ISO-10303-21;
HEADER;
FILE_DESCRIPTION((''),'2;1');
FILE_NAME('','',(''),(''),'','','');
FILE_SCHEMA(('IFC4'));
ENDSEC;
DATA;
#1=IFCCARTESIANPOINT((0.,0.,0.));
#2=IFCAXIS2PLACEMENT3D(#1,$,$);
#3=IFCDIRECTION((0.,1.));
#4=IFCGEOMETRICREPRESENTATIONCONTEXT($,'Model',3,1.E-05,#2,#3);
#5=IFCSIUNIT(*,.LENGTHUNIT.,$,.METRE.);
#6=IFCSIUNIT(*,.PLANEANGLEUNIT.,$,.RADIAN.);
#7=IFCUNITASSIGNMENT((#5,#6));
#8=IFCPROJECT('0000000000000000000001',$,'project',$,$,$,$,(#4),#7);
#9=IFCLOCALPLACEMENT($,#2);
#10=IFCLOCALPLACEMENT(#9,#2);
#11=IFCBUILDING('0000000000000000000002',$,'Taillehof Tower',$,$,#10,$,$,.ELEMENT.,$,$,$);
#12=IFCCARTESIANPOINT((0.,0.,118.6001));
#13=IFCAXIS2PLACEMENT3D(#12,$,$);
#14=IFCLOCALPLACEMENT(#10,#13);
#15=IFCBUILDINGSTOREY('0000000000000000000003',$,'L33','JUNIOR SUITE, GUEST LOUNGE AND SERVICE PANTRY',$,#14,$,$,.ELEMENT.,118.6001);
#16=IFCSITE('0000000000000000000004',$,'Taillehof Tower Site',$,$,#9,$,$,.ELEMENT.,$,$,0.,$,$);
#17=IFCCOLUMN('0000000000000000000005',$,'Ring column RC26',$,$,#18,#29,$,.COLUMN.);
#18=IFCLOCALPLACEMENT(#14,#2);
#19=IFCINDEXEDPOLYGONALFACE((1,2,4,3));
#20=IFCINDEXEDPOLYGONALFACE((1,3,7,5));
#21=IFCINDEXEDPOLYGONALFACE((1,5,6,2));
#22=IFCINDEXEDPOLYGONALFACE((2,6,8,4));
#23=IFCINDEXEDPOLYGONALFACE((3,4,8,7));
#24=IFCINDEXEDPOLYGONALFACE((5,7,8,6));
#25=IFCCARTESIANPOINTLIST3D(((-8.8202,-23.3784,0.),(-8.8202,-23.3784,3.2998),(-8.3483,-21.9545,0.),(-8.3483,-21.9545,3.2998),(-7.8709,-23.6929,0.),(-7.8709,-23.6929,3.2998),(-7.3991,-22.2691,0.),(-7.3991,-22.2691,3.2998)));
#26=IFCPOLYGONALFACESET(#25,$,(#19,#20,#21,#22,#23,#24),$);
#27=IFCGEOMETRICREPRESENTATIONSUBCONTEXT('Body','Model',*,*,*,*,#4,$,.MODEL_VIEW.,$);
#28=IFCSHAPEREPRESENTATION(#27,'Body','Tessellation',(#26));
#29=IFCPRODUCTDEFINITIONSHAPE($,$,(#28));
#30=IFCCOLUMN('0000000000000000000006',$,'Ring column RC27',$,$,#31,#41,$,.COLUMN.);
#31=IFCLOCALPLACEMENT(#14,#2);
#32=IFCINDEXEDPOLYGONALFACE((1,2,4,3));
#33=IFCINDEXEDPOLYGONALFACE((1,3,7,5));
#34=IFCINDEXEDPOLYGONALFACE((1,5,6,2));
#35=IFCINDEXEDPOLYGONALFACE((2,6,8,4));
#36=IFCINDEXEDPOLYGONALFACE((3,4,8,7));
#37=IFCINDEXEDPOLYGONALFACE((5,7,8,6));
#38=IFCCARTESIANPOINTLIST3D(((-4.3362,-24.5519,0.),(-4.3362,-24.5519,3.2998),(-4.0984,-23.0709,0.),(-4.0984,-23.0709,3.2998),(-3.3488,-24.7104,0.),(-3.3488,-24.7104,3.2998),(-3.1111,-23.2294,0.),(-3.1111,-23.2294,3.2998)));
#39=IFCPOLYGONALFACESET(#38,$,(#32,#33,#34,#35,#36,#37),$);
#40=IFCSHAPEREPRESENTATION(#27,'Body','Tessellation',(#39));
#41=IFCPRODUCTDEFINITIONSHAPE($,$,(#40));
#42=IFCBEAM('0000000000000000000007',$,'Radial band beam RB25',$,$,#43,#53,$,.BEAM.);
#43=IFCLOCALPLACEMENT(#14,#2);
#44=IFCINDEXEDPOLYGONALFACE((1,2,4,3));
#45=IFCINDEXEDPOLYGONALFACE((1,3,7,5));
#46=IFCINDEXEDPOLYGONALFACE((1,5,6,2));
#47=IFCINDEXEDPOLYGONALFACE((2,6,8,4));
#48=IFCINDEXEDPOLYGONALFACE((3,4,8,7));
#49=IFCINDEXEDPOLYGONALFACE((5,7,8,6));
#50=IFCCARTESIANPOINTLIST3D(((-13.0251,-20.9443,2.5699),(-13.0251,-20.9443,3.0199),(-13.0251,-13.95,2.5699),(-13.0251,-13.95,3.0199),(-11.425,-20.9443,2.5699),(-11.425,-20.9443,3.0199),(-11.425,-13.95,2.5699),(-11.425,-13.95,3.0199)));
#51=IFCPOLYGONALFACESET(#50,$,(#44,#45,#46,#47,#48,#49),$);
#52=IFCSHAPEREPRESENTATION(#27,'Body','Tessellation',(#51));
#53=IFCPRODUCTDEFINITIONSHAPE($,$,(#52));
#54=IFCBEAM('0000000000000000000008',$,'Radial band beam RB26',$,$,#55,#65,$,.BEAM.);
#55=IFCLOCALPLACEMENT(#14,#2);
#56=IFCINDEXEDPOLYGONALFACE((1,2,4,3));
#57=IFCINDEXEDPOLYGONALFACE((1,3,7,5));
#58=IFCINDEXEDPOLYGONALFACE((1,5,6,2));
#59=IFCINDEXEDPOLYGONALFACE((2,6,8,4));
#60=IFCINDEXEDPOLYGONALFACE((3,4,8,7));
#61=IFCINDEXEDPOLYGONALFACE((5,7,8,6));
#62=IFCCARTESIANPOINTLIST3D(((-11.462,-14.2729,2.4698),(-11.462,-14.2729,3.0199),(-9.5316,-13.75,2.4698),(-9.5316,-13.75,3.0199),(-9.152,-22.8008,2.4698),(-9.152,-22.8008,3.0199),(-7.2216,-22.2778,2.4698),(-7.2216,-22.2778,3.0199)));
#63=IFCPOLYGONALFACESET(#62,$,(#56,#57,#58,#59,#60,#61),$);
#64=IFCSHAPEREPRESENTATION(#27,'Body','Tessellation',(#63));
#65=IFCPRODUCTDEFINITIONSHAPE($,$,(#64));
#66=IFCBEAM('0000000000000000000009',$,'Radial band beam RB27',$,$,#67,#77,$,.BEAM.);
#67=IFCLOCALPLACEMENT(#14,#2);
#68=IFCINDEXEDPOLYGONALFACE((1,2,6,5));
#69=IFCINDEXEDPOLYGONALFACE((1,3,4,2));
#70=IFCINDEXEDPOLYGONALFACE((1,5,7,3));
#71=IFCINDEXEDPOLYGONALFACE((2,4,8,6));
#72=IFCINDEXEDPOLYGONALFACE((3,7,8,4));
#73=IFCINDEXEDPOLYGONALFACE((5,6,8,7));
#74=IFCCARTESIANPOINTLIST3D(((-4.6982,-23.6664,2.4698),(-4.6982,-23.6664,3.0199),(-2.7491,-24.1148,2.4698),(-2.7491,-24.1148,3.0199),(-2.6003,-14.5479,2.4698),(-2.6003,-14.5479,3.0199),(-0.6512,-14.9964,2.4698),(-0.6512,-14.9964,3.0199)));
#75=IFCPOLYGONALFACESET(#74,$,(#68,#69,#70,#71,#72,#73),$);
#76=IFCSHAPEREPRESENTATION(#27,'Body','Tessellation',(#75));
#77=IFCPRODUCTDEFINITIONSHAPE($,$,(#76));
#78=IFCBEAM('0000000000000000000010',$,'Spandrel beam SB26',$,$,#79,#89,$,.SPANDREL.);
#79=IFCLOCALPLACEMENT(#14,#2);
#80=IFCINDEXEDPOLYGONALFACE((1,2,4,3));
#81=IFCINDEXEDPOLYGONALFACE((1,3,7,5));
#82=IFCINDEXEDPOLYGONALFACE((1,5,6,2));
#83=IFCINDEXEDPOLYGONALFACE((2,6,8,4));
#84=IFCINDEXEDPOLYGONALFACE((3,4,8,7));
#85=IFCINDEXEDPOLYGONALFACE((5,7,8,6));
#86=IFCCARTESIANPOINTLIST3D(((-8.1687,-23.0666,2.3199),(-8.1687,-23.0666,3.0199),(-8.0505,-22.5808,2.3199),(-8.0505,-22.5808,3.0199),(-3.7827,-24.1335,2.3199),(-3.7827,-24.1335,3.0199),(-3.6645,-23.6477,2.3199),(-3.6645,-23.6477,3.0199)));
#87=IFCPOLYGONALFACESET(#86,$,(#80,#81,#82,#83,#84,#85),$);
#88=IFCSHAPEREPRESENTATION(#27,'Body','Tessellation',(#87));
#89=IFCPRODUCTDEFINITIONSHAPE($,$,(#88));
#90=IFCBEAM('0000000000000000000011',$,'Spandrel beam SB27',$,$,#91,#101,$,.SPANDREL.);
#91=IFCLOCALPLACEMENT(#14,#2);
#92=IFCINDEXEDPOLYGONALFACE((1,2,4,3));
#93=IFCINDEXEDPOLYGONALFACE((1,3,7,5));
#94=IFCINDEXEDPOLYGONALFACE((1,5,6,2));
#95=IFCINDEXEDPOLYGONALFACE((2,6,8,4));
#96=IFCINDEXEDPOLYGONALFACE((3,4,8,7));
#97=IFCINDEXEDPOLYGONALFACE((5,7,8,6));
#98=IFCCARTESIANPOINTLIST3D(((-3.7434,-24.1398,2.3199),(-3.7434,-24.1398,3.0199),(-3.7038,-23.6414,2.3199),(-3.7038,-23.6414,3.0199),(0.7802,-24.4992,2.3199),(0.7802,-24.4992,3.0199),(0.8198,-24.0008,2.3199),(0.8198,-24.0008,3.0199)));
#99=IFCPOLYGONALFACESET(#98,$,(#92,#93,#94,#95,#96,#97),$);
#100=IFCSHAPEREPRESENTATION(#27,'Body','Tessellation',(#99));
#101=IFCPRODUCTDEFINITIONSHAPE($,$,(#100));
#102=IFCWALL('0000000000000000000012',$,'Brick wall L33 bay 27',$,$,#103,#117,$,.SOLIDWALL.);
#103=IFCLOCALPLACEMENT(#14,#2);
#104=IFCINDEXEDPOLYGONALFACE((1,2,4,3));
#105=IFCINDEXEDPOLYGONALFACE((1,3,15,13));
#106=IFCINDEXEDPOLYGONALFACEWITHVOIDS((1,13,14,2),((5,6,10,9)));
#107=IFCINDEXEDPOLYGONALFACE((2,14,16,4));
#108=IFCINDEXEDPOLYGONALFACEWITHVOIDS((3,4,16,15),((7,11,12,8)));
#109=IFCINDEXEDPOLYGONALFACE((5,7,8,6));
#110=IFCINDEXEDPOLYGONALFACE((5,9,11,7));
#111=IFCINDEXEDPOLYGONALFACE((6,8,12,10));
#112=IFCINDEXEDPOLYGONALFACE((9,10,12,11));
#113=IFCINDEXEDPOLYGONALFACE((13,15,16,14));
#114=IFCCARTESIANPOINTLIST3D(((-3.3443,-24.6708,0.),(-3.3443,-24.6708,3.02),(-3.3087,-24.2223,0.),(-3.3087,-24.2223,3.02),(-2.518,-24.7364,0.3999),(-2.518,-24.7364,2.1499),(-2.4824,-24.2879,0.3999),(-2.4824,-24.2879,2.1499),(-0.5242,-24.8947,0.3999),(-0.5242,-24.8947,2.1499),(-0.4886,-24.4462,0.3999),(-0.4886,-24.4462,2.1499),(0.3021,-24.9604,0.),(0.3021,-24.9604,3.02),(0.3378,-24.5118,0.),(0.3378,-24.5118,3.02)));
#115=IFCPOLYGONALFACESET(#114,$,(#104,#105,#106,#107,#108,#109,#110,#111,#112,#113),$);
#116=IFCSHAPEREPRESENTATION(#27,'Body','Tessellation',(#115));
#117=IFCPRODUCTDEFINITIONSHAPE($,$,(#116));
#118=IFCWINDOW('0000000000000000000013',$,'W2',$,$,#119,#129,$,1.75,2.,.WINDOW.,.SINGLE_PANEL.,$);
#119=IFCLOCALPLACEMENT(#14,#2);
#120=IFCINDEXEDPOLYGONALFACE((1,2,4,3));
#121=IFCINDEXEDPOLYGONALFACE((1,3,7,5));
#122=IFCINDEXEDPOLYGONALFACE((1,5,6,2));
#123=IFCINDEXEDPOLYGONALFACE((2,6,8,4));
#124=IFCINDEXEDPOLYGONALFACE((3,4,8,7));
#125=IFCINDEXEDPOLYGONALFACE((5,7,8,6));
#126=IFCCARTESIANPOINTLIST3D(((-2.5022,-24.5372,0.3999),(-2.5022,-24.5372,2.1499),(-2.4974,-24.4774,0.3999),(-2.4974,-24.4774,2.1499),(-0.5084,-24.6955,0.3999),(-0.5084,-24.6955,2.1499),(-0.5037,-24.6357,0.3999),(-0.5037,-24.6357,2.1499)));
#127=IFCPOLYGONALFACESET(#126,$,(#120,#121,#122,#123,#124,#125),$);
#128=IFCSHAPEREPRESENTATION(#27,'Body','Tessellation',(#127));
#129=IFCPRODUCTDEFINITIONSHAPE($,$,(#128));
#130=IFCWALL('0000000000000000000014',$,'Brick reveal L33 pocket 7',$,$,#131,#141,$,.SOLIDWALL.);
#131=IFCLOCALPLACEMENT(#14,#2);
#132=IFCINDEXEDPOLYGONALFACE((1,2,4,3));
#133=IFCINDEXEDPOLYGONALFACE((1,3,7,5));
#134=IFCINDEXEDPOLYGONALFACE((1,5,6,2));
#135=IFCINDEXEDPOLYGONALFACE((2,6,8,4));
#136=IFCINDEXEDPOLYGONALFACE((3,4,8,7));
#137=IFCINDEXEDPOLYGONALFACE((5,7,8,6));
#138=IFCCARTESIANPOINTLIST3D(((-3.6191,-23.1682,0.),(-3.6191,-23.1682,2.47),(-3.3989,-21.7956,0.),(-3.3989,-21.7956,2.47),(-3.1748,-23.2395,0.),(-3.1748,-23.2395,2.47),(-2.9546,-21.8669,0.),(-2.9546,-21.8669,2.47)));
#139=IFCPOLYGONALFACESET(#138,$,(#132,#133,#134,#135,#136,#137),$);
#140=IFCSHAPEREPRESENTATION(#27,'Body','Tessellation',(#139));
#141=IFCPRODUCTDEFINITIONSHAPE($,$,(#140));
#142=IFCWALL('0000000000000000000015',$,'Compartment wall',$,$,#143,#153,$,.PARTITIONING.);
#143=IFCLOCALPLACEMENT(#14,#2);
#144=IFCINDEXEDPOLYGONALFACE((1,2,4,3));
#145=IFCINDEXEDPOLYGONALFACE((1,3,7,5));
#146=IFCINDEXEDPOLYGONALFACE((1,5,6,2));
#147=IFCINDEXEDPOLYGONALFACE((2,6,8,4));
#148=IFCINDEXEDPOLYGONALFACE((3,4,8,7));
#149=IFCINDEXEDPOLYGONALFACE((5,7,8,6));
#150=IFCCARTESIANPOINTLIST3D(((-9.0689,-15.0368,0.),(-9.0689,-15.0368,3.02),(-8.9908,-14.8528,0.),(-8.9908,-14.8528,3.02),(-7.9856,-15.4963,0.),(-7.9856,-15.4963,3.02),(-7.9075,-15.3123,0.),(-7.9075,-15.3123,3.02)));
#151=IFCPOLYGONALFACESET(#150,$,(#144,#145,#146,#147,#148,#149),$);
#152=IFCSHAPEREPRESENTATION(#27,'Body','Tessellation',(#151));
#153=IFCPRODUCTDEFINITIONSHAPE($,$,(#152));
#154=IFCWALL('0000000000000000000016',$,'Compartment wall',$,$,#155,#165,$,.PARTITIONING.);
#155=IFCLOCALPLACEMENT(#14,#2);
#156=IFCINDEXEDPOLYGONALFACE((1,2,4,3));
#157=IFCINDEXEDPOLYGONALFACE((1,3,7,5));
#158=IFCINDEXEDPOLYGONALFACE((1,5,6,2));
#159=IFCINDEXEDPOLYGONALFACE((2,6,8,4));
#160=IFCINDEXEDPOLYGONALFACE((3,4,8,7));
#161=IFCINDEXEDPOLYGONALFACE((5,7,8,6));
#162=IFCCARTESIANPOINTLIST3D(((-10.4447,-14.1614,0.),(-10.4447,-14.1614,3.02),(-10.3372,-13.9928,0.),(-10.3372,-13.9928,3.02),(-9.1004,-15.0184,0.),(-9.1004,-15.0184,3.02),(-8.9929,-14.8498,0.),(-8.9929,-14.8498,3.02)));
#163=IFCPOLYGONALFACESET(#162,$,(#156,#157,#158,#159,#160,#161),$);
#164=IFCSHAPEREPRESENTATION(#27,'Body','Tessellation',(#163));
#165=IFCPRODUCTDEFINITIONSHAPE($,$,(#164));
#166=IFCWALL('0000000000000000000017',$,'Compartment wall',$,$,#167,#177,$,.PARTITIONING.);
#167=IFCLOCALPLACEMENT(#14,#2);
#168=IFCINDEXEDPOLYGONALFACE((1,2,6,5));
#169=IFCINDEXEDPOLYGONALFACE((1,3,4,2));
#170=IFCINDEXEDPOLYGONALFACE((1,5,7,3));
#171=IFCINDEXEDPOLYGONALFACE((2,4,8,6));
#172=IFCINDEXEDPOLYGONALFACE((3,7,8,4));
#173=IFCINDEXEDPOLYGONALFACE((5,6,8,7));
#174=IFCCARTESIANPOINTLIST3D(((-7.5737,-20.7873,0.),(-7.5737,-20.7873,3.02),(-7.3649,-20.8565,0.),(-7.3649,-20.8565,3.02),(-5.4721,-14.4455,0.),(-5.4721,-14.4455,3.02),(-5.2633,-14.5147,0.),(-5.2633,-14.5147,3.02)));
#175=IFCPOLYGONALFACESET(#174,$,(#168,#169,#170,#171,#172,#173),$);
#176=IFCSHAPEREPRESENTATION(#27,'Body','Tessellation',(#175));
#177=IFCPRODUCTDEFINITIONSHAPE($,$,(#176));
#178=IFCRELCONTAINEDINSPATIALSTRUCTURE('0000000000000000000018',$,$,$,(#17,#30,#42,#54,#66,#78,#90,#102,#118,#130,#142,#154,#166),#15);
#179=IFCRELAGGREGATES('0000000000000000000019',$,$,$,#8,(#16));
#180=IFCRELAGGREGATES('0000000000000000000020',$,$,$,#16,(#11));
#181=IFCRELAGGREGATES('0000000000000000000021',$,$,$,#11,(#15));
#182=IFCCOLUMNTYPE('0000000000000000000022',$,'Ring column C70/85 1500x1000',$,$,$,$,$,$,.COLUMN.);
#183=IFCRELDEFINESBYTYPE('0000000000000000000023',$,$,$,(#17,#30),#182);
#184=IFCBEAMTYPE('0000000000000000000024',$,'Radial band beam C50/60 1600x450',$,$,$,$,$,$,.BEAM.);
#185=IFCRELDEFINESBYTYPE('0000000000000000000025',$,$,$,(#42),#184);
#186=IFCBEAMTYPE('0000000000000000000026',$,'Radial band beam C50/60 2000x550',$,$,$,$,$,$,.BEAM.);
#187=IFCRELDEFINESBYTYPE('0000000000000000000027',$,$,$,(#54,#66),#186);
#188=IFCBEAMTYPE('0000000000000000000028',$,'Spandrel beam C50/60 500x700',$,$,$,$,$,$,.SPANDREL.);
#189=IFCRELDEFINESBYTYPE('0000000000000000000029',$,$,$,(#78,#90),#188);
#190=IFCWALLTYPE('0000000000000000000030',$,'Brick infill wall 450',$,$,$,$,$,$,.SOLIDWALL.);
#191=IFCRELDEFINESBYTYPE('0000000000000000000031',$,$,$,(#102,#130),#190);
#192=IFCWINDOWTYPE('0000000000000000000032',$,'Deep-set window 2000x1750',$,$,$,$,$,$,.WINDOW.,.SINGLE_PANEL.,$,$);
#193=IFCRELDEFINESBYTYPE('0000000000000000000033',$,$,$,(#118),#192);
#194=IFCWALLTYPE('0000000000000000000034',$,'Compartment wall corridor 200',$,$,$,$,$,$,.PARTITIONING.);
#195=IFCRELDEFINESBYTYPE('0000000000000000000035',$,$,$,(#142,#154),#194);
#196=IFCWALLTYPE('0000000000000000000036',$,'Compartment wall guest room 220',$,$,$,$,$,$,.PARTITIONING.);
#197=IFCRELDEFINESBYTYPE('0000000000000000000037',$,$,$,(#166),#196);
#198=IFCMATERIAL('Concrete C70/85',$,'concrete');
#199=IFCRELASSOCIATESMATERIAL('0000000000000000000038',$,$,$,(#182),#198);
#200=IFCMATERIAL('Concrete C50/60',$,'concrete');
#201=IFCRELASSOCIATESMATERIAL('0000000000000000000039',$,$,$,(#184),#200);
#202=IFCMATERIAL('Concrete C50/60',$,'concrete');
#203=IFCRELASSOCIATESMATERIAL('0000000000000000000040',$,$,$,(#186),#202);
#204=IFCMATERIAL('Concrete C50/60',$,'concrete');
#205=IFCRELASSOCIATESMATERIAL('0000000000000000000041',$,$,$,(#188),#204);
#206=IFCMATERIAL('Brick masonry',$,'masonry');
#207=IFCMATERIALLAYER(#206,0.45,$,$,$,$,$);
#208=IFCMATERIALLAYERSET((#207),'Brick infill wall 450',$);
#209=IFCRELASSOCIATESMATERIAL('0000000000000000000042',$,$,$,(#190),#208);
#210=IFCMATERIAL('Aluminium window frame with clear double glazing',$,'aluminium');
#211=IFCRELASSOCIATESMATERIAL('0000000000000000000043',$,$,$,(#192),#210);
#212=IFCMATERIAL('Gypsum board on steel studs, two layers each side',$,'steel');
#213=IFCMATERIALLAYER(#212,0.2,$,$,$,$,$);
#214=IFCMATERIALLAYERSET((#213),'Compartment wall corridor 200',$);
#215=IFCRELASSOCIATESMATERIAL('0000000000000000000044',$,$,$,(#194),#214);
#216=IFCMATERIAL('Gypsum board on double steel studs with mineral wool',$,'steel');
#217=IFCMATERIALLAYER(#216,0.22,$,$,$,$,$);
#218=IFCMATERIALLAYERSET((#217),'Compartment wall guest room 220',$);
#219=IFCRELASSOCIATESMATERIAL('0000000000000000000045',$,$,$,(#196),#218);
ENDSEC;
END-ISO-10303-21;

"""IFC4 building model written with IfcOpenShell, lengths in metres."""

from ifc_helpers import new_model, si_unit, direction, frame, frame_2d, origin, origin_2d, place, context, subcontext, project, spatial, rectangle, extrude, material, layer, layer_set, material_profile, profile_set, type_object, element, fill, save


model = new_model("IFC4")

# Units and contexts
model_context = context("Model", 3, precision=1e-05, world=origin(), true_north=direction((0.0, 1.0)))
body_context = subcontext(model_context, "Body", "Model", "MODEL_VIEW")
ifc_project = project(units=[si_unit("LENGTHUNIT", "METRE"), si_unit("PLANEANGLEUNIT", "RADIAN")], contexts=[model_context])

# Site, building, storey
site_placement = place(None, origin())
site = spatial("IfcSite", under=ifc_project, at=site_placement, Name="Taillehof Tower Site", CompositionType="ELEMENT", RefElevation=0.0)
building_placement = place(site_placement, origin())
building = spatial("IfcBuilding", under=site, at=building_placement, Name="Taillehof Tower", CompositionType="ELEMENT")
storey_placement = place(building_placement, frame((0.0, 0.0, 118.6001)))
storey = spatial("IfcBuildingStorey", under=building, at=storey_placement, Name="L33", Description="JUNIOR SUITE, GUEST LOUNGE AND SERVICE PANTRY", CompositionType="ELEMENT", Elevation=118.6001)

# Columns
ifc_material_1 = material(Name="Concrete C70/85", Category="concrete")
ifc_material_profile_1 = material_profile(ifc_material_1, rectangle(XDim=1.5, YDim=1.0, at=origin_2d()), Name="RC 1500x1000")
ifc_profile_set_1 = profile_set([ifc_material_profile_1], Name="Concrete C70/85")
column_type = type_object("IfcColumnType", Name="Ring column C70/85 1500x1000", PredefinedType="COLUMN", material=ifc_profile_set_1)
for number, where, z_axis, x_axis, name in (
    (1, (-8.1096, -22.8237, 0.0), (0.0, 0.0, 1.0), (-0.314555, -0.949239, 0.0), "Ring column RC26"),
    (2, (-3.7236, -23.8906, 0.0), (0.0, 0.0, 1.0), (-0.158507, -0.987358, 0.0), "Ring column RC27"),
):
    element("IfcColumn", number, at=place(storey_placement, frame(where, z_axis=z_axis, x_axis=x_axis)), inside=storey, type_object=column_type, Name=name, PredefinedType="COLUMN", context=body_context, shape_type="SweptSolid", body=[
        extrude(rectangle(XDim=1.5, YDim=1.0, at=origin_2d()), origin(), (0.0, 0.0, 1.0), 3.2998),
    ])

# Beams
ifc_material_2 = material(Name="Concrete C50/60", Category="concrete")
ifc_material_profile_2 = material_profile(ifc_material_2, rectangle(XDim=1.6001, YDim=0.45, at=origin_2d()), Name="RC 1600x450")
ifc_profile_set_2 = profile_set([ifc_material_profile_2], Name="Concrete C50/60")
beam_type_1 = type_object("IfcBeamType", Name="Radial band beam C50/60 1600x450", PredefinedType="BEAM", material=ifc_profile_set_2)
beam_1_placement = place(storey_placement, frame((-12.2251, -20.9443, 2.7949), z_axis=(0.0, 1.0, 0.0), x_axis=(-1.0, 0.0, 0.0)))
element("IfcBeam", 3, at=beam_1_placement, inside=storey, type_object=beam_type_1, Name="Radial band beam RB25", PredefinedType="BEAM", context=body_context, shape_type="SweptSolid", body=[
    extrude(rectangle(XDim=1.6001, YDim=0.45, at=origin_2d()), origin(), (0.0, 0.0, 1.0), 6.9944),
])
ifc_material_3 = material(Name="Concrete C50/60", Category="concrete")
ifc_material_profile_3 = material_profile(ifc_material_3, rectangle(XDim=2.0, YDim=0.55, at=origin_2d()), Name="RC 2000x550")
ifc_profile_set_3 = profile_set([ifc_material_profile_3], Name="Concrete C50/60")
beam_type_2 = type_object("IfcBeamType", Name="Radial band beam C50/60 2000x550", PredefinedType="BEAM", material=ifc_profile_set_3)
beam_2_placement = place(storey_placement, frame((-8.1868, -22.5393, 2.7449), z_axis=(-0.261462, 0.965214, 0.0), x_axis=(-0.965214, -0.261462, 0.0)))
element("IfcBeam", 4, at=beam_2_placement, inside=storey, type_object=beam_type_2, Name="Radial band beam RB26", PredefinedType="BEAM", context=body_context, shape_type="SweptSolid", body=[
    extrude(rectangle(XDim=2.0, YDim=0.55, at=origin_2d()), origin(), (0.0, 0.0, 1.0), 8.8352),
])
beam_3_placement = place(storey_placement, frame((-3.7236, -23.8906, 2.7449), z_axis=(0.224215, 0.97454, 0.0), x_axis=(-0.97454, 0.224215, 0.0)))
element("IfcBeam", 5, at=beam_3_placement, inside=storey, type_object=beam_type_2, Name="Radial band beam RB27", PredefinedType="BEAM", context=body_context, shape_type="SweptSolid", body=[
    extrude(rectangle(XDim=2.0, YDim=0.55, at=origin_2d()), origin(), (0.0, 0.0, 1.0), 9.3567),
])
ifc_material_4 = material(Name="Concrete C50/60", Category="concrete")
ifc_material_profile_4 = material_profile(ifc_material_4, rectangle(XDim=0.5, YDim=0.7, at=origin_2d()), Name="RC 500x700")
ifc_profile_set_4 = profile_set([ifc_material_profile_4], Name="Concrete C50/60")
beam_type_3 = type_object("IfcBeamType", Name="Spandrel beam C50/60 500x700", PredefinedType="SPANDREL", material=ifc_profile_set_4)
beam_4_placement = place(storey_placement, frame((-8.1096, -22.8237, 2.6699), z_axis=(0.971666, -0.236358, 0.0), x_axis=(0.236358, 0.971666, 0.0)))
element("IfcBeam", 6, at=beam_4_placement, inside=storey, type_object=beam_type_3, Name="Spandrel beam SB26", PredefinedType="SPANDREL", context=body_context, shape_type="SweptSolid", body=[
    extrude(rectangle(XDim=0.5, YDim=0.7, at=origin_2d()), origin(), (0.0, 0.0, 1.0), 4.5139),
])
beam_5_placement = place(storey_placement, frame((-3.7236, -23.8906, 2.6699), z_axis=(0.996859, -0.079194, 0.0), x_axis=(0.079194, 0.996859, 0.0)))
element("IfcBeam", 7, at=beam_5_placement, inside=storey, type_object=beam_type_3, Name="Spandrel beam SB27", PredefinedType="SPANDREL", context=body_context, shape_type="SweptSolid", body=[
    extrude(rectangle(XDim=0.5, YDim=0.7, at=origin_2d()), origin(), (0.0, 0.0, 1.0), 4.5378),
])

# Wall, opening, window
ifc_material_5 = material(Name="Brick masonry", Category="masonry")
ifc_layer_1 = layer(ifc_material_5, 0.45)
ifc_layer_set_1 = layer_set([ifc_layer_1], Name="Brick infill wall 450")
wall_type_1 = type_object("IfcWallType", Name="Brick infill wall 450", PredefinedType="SOLIDWALL", material=ifc_layer_set_1)
wall_1_placement = place(storey_placement, frame((-3.3267, -24.4465, 0.0), z_axis=(0.0, 0.0, 1.0), x_axis=(0.996862, -0.079156, 0.0)))
wall_1 = element("IfcWall", 8, at=wall_1_placement, inside=storey, type_object=wall_type_1, Name="Brick wall L33 bay 27", PredefinedType="SOLIDWALL", context=body_context, shape_type="SweptSolid", body=[
    extrude(rectangle(XDim=3.658, YDim=0.45, at=frame_2d((1.8291, 0.0))), origin(), (0.0, 0.0, 1.0), 3.02),
])
opening_1_placement = place(wall_1_placement, frame((0.8291, 0.0, 0.3999)))
opening_1 = element("IfcOpeningElement", 9, at=opening_1_placement, cuts=wall_1, PredefinedType="OPENING", context=body_context, shape_type="SweptSolid", body=[
    extrude(rectangle(XDim=2.0, YDim=1.75, at=frame_2d((1.0, 0.875))), frame((0.0, 0.2349, 0.0), z_axis=(0.0, -1.0, 0.0), x_axis=(1.0, 0.0, 0.0)), (0.0, 0.0, 1.0), 0.47),
])
ifc_material_6 = material(Name="Aluminium window frame with clear double glazing", Category="aluminium")
window_type_1 = type_object("IfcWindowType", Name="Deep-set window 2000x1750", PartitioningType="SINGLE_PANEL", PredefinedType="WINDOW", material=ifc_material_6)
window_1_placement = place(opening_1_placement, origin())
window_1 = element("IfcWindow", 10, at=window_1_placement, inside=storey, type_object=window_type_1, Name="W2", OverallHeight=1.75, OverallWidth=2.0, PartitioningType="SINGLE_PANEL", PredefinedType="WINDOW", context=body_context, shape_type="SweptSolid", body=[
    extrude(rectangle(XDim=2.0, YDim=1.75, at=frame_2d((1.0, 0.875))), frame((0.0, 0.0349, 0.0), z_axis=(0.0, -1.0, 0.0), x_axis=(1.0, 0.0, 0.0)), (0.0, 0.0, 1.0), 0.0601),
])
fill(opening_1, window_1)

# Wall
wall_2_placement = place(storey_placement, frame((-3.397, -23.2039, 0.0), z_axis=(0.0, 0.0, 1.0), x_axis=(0.158415, 0.987373, 0.0)))
element("IfcWall", 11, at=wall_2_placement, inside=storey, type_object=wall_type_1, Name="Brick reveal L33 pocket 7", PredefinedType="SOLIDWALL", context=body_context, shape_type="SweptSolid", body=[
    extrude(rectangle(XDim=1.3901, YDim=0.45, at=frame_2d((0.6951, 0.0))), origin(), (0.0, 0.0, 1.0), 2.47),
])

# Walls
ifc_material_7 = material(Name="Gypsum board on steel studs, two layers each side", Category="steel")
ifc_layer_2 = layer(ifc_material_7, 0.2)
ifc_layer_set_2 = layer_set([ifc_layer_2], Name="Compartment wall corridor 200")
wall_type_2 = type_object("IfcWallType", Name="Compartment wall corridor 200", PredefinedType="PARTITIONING", material=ifc_layer_set_2)
wall_3_placement = place(storey_placement, frame((-7.9465, -15.4043, 0.0), z_axis=(0.0, 0.0, 1.0), x_axis=(-0.920609, 0.390486, 0.0)))
element("IfcWall", 12, at=wall_3_placement, inside=storey, type_object=wall_type_2, Name="Compartment wall", PredefinedType="PARTITIONING", context=body_context, shape_type="SweptSolid", body=[
    extrude(rectangle(XDim=1.1768, YDim=0.2, at=frame_2d((0.5884, 0.0))), origin(), (0.0, 0.0, 1.0), 3.02),
])
wall_4_placement = place(storey_placement, frame((-9.0466, -14.9341, 0.0), z_axis=(0.0, 0.0, 1.0), x_axis=(-0.843232, 0.537549, 0.0)))
element("IfcWall", 13, at=wall_4_placement, inside=storey, type_object=wall_type_2, Name="Compartment wall", PredefinedType="PARTITIONING", context=body_context, shape_type="SweptSolid", body=[
    extrude(rectangle(XDim=1.5942, YDim=0.2, at=frame_2d((0.7971, 0.0))), origin(), (0.0, 0.0, 1.0), 3.02),
])
ifc_material_8 = material(Name="Gypsum board on double steel studs with mineral wool", Category="steel")
ifc_layer_3 = layer(ifc_material_8, 0.22)
ifc_layer_set_3 = layer_set([ifc_layer_3], Name="Compartment wall guest room 220")
wall_type_3 = type_object("IfcWallType", Name="Compartment wall guest room 220", PredefinedType="PARTITIONING", material=ifc_layer_set_3)
wall_5_placement = place(storey_placement, frame((-7.4692, -20.8218, 0.0), z_axis=(0.0, 0.0, 1.0), x_axis=(0.314561, 0.949237, 0.0)))
element("IfcWall", 14, at=wall_5_placement, inside=storey, type_object=wall_type_3, Name="Compartment wall", PredefinedType="PARTITIONING", context=body_context, shape_type="SweptSolid", body=[
    extrude(rectangle(XDim=6.6809, YDim=0.22, at=frame_2d((3.3403, 0.0))), origin(), (0.0, 0.0, 1.0), 3.02),
])

save(model, "model.ifc")
